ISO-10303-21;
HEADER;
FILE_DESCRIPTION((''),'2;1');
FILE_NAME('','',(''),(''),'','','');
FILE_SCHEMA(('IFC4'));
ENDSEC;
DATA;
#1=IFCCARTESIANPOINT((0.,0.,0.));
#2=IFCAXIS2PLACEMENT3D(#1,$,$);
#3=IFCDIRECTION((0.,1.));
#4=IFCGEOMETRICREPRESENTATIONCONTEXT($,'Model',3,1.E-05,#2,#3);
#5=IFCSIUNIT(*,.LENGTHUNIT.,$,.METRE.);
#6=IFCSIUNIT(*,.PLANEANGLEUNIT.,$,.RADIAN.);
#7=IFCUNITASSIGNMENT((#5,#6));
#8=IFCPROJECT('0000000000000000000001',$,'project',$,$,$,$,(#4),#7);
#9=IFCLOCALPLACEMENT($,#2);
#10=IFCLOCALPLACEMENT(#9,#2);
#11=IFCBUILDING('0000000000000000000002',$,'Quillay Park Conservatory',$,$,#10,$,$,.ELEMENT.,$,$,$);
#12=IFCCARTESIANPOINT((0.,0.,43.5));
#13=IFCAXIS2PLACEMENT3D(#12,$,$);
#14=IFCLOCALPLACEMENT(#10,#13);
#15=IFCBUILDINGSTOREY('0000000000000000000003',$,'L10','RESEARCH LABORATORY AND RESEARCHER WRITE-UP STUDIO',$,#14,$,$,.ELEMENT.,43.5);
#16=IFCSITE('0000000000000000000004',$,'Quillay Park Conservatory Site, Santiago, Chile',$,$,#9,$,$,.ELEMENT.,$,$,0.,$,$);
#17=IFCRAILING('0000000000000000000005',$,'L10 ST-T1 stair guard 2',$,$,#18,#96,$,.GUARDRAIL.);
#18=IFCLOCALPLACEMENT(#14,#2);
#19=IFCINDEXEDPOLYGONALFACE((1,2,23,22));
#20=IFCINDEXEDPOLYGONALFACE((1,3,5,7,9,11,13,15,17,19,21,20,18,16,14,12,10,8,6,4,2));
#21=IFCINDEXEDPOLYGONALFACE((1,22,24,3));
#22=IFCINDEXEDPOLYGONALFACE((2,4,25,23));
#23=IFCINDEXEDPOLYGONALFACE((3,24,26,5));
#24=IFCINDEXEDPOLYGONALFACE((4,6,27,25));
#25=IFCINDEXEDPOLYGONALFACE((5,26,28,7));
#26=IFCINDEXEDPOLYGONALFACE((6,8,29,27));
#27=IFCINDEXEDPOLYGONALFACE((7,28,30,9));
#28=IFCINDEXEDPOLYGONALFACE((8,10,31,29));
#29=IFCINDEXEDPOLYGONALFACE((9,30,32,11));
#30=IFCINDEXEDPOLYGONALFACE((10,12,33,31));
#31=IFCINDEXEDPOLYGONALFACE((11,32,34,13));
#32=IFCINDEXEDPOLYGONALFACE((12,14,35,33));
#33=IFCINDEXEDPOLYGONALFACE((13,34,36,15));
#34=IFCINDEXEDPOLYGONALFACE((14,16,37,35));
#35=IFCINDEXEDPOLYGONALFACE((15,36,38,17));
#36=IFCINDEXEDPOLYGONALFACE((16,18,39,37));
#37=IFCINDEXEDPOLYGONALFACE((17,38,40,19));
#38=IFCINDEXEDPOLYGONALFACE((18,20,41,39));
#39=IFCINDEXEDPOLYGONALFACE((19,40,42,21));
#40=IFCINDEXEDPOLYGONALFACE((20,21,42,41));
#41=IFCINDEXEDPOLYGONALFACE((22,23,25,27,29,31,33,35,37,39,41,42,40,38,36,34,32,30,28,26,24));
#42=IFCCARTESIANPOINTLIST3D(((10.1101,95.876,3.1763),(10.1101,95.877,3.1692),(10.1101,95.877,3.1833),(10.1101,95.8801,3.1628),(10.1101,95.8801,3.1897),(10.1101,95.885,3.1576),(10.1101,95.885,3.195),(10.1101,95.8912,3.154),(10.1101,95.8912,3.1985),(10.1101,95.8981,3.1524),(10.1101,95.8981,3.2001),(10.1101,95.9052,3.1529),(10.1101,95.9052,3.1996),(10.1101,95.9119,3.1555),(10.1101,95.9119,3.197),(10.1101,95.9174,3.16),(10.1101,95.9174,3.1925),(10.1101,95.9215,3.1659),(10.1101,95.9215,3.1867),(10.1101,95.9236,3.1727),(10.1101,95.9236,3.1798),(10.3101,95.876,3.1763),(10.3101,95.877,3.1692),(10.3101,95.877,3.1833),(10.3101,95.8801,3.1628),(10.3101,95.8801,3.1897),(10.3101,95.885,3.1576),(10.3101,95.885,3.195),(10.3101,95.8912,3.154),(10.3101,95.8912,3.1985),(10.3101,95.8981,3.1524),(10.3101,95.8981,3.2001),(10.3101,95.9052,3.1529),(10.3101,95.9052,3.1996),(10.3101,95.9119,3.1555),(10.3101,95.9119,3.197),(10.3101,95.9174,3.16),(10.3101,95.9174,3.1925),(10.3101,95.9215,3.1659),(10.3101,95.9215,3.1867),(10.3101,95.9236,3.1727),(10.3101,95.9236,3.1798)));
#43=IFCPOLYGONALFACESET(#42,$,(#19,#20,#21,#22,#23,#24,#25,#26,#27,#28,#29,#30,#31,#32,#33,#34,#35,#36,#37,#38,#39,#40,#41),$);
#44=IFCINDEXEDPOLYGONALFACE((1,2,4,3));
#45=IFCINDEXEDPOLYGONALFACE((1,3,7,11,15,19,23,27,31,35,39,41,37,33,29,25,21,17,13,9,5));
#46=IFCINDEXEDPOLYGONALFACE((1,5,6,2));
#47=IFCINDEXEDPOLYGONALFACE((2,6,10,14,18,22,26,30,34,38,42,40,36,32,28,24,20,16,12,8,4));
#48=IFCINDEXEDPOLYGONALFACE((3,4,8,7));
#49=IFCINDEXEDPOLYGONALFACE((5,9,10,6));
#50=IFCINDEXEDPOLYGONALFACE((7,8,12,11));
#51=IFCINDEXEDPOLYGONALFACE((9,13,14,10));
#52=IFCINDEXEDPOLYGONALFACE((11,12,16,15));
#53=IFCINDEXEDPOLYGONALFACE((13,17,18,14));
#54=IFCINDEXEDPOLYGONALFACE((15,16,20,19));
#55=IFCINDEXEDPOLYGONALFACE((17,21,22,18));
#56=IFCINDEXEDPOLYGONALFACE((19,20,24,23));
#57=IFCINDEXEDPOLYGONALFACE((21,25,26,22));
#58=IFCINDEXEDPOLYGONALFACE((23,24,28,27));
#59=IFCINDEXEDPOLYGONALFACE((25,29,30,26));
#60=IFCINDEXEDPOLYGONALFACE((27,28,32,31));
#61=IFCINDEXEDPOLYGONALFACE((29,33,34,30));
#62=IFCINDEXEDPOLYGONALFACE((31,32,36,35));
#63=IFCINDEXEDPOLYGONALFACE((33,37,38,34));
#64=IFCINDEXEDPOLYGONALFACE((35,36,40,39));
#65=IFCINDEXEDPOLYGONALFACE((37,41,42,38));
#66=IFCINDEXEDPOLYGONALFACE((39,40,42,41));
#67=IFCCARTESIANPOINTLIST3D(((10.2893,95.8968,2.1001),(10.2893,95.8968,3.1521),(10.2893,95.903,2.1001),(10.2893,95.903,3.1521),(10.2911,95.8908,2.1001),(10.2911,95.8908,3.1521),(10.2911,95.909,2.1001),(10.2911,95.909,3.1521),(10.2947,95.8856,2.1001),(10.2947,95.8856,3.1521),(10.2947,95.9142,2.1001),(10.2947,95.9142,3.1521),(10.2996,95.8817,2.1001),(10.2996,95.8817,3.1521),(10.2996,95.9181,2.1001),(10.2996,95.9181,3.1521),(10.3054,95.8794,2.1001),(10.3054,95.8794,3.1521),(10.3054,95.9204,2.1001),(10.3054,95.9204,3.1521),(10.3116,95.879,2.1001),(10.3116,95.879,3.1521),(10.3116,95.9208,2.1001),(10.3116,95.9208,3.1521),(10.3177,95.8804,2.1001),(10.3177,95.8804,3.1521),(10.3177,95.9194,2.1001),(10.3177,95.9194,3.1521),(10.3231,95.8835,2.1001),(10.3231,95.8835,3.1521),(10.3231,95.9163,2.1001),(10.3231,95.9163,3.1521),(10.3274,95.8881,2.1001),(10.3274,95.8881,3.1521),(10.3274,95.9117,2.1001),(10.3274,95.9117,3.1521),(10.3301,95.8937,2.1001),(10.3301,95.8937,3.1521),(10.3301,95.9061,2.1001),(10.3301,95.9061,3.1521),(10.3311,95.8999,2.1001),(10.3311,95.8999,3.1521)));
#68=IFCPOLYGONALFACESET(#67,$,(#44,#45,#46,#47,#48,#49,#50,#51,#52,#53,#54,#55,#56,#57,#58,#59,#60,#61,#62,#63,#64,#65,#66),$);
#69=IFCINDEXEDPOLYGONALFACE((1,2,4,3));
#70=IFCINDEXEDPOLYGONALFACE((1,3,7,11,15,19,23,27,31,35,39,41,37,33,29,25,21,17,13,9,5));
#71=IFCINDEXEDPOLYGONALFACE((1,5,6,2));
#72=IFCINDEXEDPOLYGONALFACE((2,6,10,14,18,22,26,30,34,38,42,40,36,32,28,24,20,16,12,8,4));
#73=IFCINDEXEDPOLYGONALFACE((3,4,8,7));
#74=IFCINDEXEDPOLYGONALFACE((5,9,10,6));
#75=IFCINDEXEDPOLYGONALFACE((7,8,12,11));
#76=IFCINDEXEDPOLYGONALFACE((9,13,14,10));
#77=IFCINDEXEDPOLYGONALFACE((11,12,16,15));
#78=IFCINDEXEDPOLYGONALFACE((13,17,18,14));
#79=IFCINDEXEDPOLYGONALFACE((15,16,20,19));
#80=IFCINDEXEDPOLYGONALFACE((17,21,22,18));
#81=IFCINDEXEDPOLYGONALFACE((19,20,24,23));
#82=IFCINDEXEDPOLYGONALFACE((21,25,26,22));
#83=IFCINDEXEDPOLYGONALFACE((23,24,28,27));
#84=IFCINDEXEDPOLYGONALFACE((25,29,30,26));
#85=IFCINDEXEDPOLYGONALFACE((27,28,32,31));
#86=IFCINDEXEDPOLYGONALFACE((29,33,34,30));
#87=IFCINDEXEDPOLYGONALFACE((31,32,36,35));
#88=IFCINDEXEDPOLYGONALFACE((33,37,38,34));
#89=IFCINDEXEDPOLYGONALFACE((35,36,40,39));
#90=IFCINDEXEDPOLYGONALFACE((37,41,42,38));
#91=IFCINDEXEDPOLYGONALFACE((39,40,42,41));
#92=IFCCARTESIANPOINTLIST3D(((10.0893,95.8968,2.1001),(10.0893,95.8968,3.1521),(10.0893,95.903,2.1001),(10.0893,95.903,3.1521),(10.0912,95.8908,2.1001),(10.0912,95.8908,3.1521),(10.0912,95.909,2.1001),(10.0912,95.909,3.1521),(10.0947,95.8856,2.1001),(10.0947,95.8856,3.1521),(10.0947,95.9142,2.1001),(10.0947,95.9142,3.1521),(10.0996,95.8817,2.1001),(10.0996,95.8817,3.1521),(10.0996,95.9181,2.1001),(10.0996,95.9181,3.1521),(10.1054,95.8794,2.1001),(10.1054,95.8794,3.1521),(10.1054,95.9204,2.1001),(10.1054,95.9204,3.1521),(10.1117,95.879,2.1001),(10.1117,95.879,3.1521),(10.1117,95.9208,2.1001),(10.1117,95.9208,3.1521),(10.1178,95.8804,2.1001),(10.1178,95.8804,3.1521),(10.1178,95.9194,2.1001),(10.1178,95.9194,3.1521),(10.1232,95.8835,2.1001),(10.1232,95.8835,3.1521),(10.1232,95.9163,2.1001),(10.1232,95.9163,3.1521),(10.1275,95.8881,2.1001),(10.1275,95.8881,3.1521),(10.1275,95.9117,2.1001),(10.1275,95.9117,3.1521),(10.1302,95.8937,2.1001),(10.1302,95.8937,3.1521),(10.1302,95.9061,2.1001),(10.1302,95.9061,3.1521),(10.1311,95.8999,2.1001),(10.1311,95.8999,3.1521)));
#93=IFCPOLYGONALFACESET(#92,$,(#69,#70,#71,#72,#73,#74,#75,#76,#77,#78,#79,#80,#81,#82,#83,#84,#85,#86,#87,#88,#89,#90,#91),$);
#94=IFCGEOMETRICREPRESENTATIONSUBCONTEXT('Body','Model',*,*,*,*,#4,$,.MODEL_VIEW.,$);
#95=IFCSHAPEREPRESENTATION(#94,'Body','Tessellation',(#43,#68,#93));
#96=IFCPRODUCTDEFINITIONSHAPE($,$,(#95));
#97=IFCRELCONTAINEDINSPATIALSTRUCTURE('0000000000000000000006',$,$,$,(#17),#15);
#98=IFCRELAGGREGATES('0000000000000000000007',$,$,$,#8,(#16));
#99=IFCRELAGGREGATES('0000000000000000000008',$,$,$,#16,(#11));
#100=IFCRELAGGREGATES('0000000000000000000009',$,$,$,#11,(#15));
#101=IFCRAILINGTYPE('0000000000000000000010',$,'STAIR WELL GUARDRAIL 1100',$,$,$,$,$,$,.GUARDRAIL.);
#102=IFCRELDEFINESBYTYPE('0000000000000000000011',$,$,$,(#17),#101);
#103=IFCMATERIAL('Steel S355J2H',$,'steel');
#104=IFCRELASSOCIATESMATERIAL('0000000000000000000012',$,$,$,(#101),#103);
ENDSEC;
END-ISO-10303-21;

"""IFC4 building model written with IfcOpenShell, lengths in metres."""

from ifc_helpers import new_model, si_unit, direction, frame, origin, origin_2d, place, context, subcontext, project, spatial, circle, extrude, material, type_object, element, save


model = new_model("IFC4")

# Units and contexts
model_context = context("Model", 3, precision=1e-05, world=origin(), true_north=direction((0.0, 1.0)))
body_context = subcontext(model_context, "Body", "Model", "MODEL_VIEW")
ifc_project = project(units=[si_unit("LENGTHUNIT", "METRE"), si_unit("PLANEANGLEUNIT", "RADIAN")], contexts=[model_context])

# Site, building, storey
site_placement = place(None, origin())
site = spatial("IfcSite", under=ifc_project, at=site_placement, Name="Quillay Park Conservatory Site, Santiago, Chile", CompositionType="ELEMENT", RefElevation=0.0)
building_placement = place(site_placement, origin())
building = spatial("IfcBuilding", under=site, at=building_placement, Name="Quillay Park Conservatory", CompositionType="ELEMENT")
storey_placement = place(building_placement, frame((0.0, 0.0, 43.5)))
storey = spatial("IfcBuildingStorey", under=building, at=storey_placement, Name="L10", Description="RESEARCH LABORATORY AND RESEARCHER WRITE-UP STUDIO", CompositionType="ELEMENT", Elevation=43.5)

# Railing
ifc_material_1 = material(Name="Steel S355J2H", Category="steel")
railing_type_1 = type_object("IfcRailingType", Name="STAIR WELL GUARDRAIL 1100", PredefinedType="GUARDRAIL", material=ifc_material_1)
railing_1_placement = place(storey_placement, frame((10.3101, 95.8999, 2.1001)))
element("IfcRailing", 1, at=railing_1_placement, inside=storey, type_object=railing_type_1, Name="L10 ST-T1 stair guard 2", PredefinedType="GUARDRAIL", context=body_context, shape_type="SweptSolid", body=[
    extrude(circle(Radius=0.0239, at=origin_2d()), frame((0.0, 0.0, 1.0762), z_axis=(-1.0, 0.0, 0.0), x_axis=(0.0, -1.0, 0.0)), (0.0, 0.0, 1.0), 0.2),
    extrude(circle(Radius=0.021, at=origin_2d()), origin(), (0.0, 0.0, 1.0), 1.052),
    extrude(circle(Radius=0.021, at=origin_2d()), frame((-0.2, 0.0, 0.0)), (0.0, 0.0, 1.0), 1.052),
])

save(model, "model.ifc")
